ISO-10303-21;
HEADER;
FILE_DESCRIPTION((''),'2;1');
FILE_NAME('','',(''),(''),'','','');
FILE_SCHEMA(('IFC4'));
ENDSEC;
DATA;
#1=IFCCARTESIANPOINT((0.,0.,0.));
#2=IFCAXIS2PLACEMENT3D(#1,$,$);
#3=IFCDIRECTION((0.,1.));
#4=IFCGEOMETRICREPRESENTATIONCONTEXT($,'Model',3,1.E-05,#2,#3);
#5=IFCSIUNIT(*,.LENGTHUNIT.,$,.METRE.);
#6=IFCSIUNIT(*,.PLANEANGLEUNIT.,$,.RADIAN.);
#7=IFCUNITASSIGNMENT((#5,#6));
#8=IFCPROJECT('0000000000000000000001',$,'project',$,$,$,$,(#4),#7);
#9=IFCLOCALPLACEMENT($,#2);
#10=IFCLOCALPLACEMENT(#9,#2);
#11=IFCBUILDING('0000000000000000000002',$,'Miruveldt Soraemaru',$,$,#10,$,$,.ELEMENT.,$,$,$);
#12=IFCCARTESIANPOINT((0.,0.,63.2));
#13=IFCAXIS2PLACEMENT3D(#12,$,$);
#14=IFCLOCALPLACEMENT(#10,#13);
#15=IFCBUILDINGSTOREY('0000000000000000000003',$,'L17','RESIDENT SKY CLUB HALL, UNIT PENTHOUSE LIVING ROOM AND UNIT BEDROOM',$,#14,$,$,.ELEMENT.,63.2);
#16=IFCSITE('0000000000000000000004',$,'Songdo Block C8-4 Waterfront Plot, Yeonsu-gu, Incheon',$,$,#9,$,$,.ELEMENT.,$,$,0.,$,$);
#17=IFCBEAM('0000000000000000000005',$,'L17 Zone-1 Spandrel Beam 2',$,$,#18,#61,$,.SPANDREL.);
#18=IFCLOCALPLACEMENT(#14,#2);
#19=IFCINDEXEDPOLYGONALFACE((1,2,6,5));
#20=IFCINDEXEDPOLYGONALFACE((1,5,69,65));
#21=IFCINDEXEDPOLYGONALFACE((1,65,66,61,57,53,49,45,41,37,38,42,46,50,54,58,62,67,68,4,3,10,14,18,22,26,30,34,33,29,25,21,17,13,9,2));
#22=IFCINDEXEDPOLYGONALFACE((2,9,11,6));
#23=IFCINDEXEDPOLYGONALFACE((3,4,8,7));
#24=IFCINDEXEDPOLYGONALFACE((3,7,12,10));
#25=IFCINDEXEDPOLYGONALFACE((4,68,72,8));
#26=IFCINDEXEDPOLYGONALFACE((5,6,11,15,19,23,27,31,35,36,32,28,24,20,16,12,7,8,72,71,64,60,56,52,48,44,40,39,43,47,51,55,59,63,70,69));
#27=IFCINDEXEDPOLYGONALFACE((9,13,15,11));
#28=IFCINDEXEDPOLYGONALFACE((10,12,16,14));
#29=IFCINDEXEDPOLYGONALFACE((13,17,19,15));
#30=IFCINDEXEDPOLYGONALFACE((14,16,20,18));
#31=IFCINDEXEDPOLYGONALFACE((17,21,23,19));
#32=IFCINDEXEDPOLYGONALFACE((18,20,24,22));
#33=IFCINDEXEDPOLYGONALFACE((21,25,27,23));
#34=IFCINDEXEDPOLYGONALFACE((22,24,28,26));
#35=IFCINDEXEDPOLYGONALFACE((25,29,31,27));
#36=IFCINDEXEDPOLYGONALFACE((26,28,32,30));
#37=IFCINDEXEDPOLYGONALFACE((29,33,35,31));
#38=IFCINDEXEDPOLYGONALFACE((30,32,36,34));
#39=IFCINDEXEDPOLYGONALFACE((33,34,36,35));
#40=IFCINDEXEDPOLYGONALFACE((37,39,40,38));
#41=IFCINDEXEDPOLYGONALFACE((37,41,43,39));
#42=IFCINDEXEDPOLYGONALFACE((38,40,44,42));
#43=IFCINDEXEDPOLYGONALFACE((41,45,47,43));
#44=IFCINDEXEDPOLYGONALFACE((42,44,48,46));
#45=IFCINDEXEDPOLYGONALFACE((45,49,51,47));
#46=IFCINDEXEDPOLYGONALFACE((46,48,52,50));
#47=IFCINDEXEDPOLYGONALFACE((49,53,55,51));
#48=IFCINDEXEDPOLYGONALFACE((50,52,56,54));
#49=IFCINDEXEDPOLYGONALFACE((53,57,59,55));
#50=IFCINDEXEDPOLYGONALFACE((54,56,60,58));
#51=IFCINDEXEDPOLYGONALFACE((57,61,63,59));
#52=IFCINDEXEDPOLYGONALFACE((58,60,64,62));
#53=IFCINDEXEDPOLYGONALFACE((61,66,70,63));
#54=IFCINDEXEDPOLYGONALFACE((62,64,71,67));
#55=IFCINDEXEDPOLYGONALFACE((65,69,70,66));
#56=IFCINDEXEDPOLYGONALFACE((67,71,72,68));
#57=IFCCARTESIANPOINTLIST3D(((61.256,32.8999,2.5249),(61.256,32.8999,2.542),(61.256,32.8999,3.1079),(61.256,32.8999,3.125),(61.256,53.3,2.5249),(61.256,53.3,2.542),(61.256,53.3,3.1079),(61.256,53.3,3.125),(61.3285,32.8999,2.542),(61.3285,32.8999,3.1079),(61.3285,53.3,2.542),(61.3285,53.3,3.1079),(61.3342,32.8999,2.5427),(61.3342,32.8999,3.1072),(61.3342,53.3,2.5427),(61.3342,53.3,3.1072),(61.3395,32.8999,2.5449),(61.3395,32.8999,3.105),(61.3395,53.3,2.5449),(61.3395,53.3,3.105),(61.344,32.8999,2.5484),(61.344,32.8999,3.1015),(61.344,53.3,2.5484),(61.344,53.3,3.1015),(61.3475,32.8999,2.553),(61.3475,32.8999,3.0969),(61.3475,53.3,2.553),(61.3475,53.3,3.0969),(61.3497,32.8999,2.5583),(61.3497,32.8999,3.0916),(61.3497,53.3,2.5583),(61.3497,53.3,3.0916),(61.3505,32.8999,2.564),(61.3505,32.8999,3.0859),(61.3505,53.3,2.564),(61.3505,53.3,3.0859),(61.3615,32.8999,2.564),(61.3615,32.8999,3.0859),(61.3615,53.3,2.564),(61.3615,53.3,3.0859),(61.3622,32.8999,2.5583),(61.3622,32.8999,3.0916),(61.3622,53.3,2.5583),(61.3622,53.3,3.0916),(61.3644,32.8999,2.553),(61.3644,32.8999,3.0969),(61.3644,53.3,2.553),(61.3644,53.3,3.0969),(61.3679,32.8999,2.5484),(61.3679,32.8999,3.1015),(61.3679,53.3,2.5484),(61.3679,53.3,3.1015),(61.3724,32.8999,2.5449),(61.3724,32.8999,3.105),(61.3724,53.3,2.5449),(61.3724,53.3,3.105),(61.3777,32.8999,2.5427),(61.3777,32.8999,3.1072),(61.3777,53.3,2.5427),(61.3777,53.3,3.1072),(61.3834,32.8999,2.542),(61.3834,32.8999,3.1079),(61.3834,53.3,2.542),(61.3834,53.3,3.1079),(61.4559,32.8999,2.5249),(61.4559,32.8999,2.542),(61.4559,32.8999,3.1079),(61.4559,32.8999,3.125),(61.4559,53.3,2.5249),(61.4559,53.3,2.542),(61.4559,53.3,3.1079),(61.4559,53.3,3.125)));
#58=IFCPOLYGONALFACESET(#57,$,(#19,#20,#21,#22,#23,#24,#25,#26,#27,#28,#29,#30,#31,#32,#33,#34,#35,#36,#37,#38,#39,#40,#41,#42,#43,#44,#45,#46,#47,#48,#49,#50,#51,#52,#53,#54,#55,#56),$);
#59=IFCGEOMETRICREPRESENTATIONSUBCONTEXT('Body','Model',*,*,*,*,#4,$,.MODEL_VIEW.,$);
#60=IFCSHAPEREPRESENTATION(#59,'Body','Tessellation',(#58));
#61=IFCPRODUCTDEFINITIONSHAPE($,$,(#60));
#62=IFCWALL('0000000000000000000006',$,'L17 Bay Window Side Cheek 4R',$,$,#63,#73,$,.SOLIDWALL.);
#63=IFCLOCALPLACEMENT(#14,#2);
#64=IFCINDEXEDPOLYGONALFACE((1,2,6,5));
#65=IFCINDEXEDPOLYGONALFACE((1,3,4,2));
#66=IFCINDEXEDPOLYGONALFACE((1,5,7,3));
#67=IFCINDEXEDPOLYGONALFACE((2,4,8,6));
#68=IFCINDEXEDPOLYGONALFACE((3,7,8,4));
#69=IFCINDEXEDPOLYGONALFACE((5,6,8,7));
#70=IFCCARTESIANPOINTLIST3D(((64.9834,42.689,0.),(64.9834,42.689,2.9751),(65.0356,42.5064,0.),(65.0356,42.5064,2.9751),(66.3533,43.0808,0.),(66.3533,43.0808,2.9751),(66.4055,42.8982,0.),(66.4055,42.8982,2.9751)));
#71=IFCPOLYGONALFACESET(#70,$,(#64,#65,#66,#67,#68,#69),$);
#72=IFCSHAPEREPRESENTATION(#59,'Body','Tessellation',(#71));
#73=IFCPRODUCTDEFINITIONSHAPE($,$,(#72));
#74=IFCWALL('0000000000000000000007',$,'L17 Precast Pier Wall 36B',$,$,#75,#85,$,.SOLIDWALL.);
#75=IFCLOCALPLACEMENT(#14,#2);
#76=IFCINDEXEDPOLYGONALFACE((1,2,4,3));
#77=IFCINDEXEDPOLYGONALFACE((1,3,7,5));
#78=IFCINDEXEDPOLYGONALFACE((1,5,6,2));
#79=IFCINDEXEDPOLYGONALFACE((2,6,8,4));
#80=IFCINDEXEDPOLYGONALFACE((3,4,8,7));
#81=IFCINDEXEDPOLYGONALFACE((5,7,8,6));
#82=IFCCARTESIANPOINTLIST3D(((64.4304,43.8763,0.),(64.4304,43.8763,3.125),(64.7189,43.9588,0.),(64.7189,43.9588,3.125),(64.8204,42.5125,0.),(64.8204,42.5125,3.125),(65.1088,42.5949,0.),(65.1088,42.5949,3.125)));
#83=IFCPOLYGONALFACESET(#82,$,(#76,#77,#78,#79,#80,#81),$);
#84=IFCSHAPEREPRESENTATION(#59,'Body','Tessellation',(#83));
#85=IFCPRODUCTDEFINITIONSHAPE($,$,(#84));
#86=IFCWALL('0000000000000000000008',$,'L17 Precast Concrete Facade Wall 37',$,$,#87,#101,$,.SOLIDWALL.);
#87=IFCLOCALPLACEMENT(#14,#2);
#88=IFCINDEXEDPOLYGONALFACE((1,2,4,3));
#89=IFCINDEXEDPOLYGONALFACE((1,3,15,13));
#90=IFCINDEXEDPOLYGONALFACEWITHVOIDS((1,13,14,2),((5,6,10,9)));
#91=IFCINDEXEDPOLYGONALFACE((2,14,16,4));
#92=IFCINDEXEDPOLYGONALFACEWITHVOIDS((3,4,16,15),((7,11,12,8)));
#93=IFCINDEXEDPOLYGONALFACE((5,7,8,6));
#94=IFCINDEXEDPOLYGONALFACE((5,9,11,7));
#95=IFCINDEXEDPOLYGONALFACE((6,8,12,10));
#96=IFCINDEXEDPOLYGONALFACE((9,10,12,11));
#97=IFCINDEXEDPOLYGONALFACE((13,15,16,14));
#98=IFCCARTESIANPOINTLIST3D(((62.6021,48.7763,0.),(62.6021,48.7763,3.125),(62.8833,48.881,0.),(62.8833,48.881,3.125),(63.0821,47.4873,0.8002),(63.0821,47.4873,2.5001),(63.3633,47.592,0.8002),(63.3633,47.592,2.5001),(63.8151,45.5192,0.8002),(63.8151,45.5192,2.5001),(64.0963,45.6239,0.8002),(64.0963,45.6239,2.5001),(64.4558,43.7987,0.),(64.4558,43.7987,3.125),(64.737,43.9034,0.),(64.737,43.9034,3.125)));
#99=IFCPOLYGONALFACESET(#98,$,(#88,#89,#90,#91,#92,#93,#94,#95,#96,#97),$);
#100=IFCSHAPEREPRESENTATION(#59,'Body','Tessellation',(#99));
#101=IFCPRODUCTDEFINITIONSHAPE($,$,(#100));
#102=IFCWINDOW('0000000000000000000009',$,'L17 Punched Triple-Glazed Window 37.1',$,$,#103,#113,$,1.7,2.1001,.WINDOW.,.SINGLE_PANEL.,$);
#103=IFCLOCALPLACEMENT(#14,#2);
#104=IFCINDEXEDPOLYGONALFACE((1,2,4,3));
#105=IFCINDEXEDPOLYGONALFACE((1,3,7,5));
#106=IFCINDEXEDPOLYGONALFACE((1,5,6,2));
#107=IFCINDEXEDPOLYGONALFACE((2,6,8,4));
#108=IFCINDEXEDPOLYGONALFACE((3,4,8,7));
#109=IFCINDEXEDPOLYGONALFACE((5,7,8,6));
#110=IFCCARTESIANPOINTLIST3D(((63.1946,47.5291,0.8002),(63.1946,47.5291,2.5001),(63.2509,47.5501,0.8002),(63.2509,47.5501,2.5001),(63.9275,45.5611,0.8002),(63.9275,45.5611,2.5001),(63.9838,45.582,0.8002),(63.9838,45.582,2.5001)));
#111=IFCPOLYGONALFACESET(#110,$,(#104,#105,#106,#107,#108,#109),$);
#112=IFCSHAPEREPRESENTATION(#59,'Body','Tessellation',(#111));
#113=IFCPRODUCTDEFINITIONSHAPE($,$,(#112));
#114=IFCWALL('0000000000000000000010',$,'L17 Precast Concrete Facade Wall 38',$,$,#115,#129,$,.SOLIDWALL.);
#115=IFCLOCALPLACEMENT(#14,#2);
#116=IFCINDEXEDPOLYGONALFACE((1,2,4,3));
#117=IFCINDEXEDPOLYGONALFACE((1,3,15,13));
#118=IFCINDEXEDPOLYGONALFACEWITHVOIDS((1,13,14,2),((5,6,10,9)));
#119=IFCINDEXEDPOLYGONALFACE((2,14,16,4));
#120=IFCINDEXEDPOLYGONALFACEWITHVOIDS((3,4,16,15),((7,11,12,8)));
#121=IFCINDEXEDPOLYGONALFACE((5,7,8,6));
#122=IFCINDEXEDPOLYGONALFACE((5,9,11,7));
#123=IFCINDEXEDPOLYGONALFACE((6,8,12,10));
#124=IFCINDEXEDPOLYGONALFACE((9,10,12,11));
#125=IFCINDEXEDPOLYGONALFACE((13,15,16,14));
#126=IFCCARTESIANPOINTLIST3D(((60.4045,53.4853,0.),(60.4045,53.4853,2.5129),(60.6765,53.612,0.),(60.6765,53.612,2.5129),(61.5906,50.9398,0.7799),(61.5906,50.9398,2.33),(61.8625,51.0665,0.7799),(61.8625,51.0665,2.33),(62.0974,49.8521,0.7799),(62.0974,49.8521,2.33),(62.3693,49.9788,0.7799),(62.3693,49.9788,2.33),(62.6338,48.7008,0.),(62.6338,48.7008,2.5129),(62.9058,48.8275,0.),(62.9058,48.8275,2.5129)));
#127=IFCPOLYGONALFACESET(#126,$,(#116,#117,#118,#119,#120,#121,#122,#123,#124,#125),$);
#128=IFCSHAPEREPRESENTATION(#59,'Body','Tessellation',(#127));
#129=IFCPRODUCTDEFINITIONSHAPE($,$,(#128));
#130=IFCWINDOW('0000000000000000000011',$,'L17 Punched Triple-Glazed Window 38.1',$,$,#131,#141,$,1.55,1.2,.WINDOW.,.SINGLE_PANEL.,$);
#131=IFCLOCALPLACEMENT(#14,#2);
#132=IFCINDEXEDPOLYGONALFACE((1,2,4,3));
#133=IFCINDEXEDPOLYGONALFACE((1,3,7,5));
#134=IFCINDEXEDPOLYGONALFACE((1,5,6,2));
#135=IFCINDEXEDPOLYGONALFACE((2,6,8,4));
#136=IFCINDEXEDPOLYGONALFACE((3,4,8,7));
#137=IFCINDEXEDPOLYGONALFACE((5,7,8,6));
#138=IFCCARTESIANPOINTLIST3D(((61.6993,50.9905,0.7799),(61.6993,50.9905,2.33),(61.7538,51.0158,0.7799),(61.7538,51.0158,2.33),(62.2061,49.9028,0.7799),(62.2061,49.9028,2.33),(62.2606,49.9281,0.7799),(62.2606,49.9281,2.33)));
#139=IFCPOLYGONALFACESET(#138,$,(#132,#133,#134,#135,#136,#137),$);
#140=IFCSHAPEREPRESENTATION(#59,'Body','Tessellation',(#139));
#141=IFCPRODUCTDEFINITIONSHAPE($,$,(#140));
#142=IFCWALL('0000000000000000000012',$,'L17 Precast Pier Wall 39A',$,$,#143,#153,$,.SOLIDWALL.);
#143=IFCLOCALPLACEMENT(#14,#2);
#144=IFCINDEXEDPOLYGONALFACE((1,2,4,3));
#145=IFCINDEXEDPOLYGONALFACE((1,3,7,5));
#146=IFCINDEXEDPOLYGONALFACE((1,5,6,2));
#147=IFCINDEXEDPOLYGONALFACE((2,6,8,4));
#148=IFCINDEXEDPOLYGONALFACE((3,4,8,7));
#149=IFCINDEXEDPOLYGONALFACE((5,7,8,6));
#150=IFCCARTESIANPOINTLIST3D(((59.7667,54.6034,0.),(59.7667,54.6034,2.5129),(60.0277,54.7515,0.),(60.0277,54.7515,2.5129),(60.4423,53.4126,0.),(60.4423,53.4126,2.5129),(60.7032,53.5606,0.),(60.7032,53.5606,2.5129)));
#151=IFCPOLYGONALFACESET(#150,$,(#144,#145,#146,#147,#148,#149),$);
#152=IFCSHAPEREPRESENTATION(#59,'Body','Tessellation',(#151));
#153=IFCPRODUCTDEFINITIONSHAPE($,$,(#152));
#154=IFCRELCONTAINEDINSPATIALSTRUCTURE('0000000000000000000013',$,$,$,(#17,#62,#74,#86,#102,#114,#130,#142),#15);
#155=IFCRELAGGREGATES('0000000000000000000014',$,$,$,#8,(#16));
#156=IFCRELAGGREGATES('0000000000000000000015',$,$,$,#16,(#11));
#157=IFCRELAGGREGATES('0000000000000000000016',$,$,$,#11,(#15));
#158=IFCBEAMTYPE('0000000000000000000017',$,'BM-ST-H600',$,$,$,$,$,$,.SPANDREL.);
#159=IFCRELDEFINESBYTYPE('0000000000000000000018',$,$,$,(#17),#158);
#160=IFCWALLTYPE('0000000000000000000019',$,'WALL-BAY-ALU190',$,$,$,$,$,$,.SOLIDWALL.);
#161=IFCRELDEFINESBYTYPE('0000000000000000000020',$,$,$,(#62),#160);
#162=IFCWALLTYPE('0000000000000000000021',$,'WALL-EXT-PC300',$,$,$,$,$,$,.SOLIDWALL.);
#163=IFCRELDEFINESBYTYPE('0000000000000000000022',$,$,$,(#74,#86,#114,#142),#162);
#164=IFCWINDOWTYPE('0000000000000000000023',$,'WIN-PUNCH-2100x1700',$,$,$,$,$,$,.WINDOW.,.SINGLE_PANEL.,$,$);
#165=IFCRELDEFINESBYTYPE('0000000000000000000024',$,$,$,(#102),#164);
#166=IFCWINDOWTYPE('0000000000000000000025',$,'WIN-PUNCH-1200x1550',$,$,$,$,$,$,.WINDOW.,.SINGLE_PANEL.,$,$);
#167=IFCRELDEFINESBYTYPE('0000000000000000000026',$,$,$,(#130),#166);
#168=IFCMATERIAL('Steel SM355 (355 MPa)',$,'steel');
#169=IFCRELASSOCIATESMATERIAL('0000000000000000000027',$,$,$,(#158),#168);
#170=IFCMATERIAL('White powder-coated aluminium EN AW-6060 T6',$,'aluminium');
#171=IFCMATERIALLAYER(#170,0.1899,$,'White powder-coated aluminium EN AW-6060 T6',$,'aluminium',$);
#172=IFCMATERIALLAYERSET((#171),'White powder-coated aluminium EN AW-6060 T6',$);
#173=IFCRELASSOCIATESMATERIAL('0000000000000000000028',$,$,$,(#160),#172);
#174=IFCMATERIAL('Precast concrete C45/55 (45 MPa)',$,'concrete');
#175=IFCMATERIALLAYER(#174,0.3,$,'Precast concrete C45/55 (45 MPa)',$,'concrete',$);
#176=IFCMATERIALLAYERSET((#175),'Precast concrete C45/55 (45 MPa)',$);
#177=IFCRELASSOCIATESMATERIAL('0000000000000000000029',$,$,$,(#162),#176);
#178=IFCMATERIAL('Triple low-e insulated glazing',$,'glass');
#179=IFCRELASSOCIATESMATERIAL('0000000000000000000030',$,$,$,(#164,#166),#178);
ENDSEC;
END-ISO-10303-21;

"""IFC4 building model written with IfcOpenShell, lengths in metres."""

from ifc_helpers import new_model, si_unit, direction, frame, frame_2d, origin, origin_2d, place, context, subcontext, project, spatial, rectangle, i_section, extrude, material, layer, layer_set, material_profile, profile_set, type_object, element, fill, save


model = new_model("IFC4")

# Units and contexts
model_context = context("Model", 3, precision=1e-05, world=origin(), true_north=direction((0.0, 1.0)))
body_context = subcontext(model_context, "Body", "Model", "MODEL_VIEW")
ifc_project = project(units=[si_unit("LENGTHUNIT", "METRE"), si_unit("PLANEANGLEUNIT", "RADIAN")], contexts=[model_context])

# Site, building, storey
site_placement = place(None, origin())
site = spatial("IfcSite", under=ifc_project, at=site_placement, Name="Songdo Block C8-4 Waterfront Plot, Yeonsu-gu, Incheon", CompositionType="ELEMENT", RefElevation=0.0)
building_placement = place(site_placement, origin())
building = spatial("IfcBuilding", under=site, at=building_placement, Name="Miruveldt Soraemaru", CompositionType="ELEMENT")
storey_placement = place(building_placement, frame((0.0, 0.0, 63.2)))
storey = spatial("IfcBuildingStorey", under=building, at=storey_placement, Name="L17", Description="RESIDENT SKY CLUB HALL, UNIT PENTHOUSE LIVING ROOM AND UNIT BEDROOM", CompositionType="ELEMENT", Elevation=63.2)

# Beam
ifc_material_1 = material(Name="Steel SM355 (355 MPa)", Category="steel")
ifc_material_profile_1 = material_profile(ifc_material_1, i_section(OverallWidth=0.2, OverallDepth=0.6001, WebThickness=0.011, FlangeThickness=0.0171, FilletRadius=0.022, at=origin_2d()), Name="Steel SM355 (355 MPa)", Category="steel")
ifc_profile_set_1 = profile_set([ifc_material_profile_1], Name="Steel SM355 (355 MPa)")
beam_type_1 = type_object("IfcBeamType", Name="BM-ST-H600", PredefinedType="SPANDREL", material=ifc_profile_set_1)
beam_1_placement = place(storey_placement, frame((61.356, 53.3, 2.825), z_axis=(0.0, -1.0, 0.0), x_axis=(1.0, 0.0, 0.0)))
element("IfcBeam", 1, at=beam_1_placement, inside=storey, type_object=beam_type_1, Name="L17 Zone-1 Spandrel Beam 2", PredefinedType="SPANDREL", context=body_context, shape_type="SweptSolid", body=[
    extrude(i_section(OverallWidth=0.2, OverallDepth=0.6001, WebThickness=0.011, FlangeThickness=0.0171, FilletRadius=0.022, at=origin_2d()), origin(), (0.0, 0.0, 1.0), 20.4001),
])

# Walls
ifc_material_2 = material(Name="White powder-coated aluminium EN AW-6060 T6", Category="aluminium")
ifc_layer_1 = layer(ifc_material_2, 0.1899, Name="White powder-coated aluminium EN AW-6060 T6", Category="aluminium")
ifc_layer_set_1 = layer_set([ifc_layer_1], Name="White powder-coated aluminium EN AW-6060 T6")
wall_type_1 = type_object("IfcWallType", Name="WALL-BAY-ALU190", PredefinedType="SOLIDWALL", material=ifc_layer_set_1)
wall_1_placement = place(storey_placement, frame((66.3794, 42.9895, 0.0), z_axis=(0.0, 0.0, 1.0), x_axis=(-0.96144, -0.275015, 0.0)))
element("IfcWall", 2, at=wall_1_placement, inside=storey, type_object=wall_type_1, Name="L17 Bay Window Side Cheek 4R", PredefinedType="SOLIDWALL", context=body_context, shape_type="SweptSolid", body=[
    extrude(rectangle(XDim=1.4248, YDim=0.1899, at=frame_2d((0.7124, 0.0))), origin(), (0.0, 0.0, 1.0), 2.9751),
])
ifc_material_3 = material(Name="Precast concrete C45/55 (45 MPa)", Category="concrete")
ifc_layer_2 = layer(ifc_material_3, 0.3, Name="Precast concrete C45/55 (45 MPa)", Category="concrete")
ifc_layer_set_2 = layer_set([ifc_layer_2], Name="Precast concrete C45/55 (45 MPa)")
wall_type_2 = type_object("IfcWallType", Name="WALL-EXT-PC300", PredefinedType="SOLIDWALL", material=ifc_layer_set_2)
wall_2_placement = place(storey_placement, frame((64.9646, 42.5537, 0.0), z_axis=(0.0, 0.0, 1.0), x_axis=(-0.27488, 0.961478, 0.0)))
element("IfcWall", 3, at=wall_2_placement, inside=storey, type_object=wall_type_2, Name="L17 Precast Pier Wall 36B", PredefinedType="SOLIDWALL", context=body_context, shape_type="SweptSolid", body=[
    extrude(rectangle(XDim=1.4185, YDim=0.3, at=frame_2d((0.7092, 0.0))), origin(), (0.0, 0.0, 1.0), 3.125),
])

# Walls, openings, windows
wall_3_placement = place(storey_placement, frame((64.5964, 43.8511, 0.0), z_axis=(0.0, 0.0, 1.0), x_axis=(-0.349007, 0.93712, 0.0)))
wall_3 = element("IfcWall", 4, at=wall_3_placement, inside=storey, type_object=wall_type_2, Name="L17 Precast Concrete Facade Wall 37", PredefinedType="SOLIDWALL", context=body_context, shape_type="SweptSolid", body=[
    extrude(rectangle(XDim=5.3115, YDim=0.3, at=frame_2d((2.6558, 0.0))), origin(), (0.0, 0.0, 1.0), 3.125),
])
opening_1_placement = place(wall_3_placement, frame((1.8359, 0.0, 0.8)))
opening_1 = element("IfcOpeningElement", 5, at=opening_1_placement, cuts=wall_3, PredefinedType="OPENING", context=body_context, shape_type="SweptSolid", body=[
    extrude(rectangle(XDim=2.1001, YDim=1.7, at=frame_2d((1.05, 0.8501))), frame((0.0, 0.1602, 0.0), z_axis=(0.0, -1.0, 0.0), x_axis=(1.0, 0.0, 0.0)), (0.0, 0.0, 1.0), 0.3201),
])
ifc_material_4 = material(Name="Triple low-e insulated glazing", Category="glass")
window_type_1 = type_object("IfcWindowType", Name="WIN-PUNCH-2100x1700", PartitioningType="SINGLE_PANEL", PredefinedType="WINDOW", material=ifc_material_4)
window_1_placement = place(opening_1_placement, origin())
window_1 = element("IfcWindow", 6, at=window_1_placement, inside=storey, type_object=window_type_1, Name="L17 Punched Triple-Glazed Window 37.1", OverallHeight=1.7, OverallWidth=2.1001, PartitioningType="SINGLE_PANEL", PredefinedType="WINDOW", context=body_context, shape_type="SweptSolid", body=[
    extrude(rectangle(XDim=2.1001, YDim=1.7, at=frame_2d((1.05, 0.8501))), frame((0.0, 0.03, 0.0), z_axis=(0.0, -1.0, 0.0), x_axis=(1.0, 0.0, 0.0)), (0.0, 0.0, 1.0), 0.0601),
])
fill(opening_1, window_1)
wall_4_placement = place(storey_placement, frame((62.7698, 48.7642, 0.0), z_axis=(0.0, 0.0, 1.0), x_axis=(-0.422344, 0.906436, 0.0)))
wall_4 = element("IfcWall", 7, at=wall_4_placement, inside=storey, type_object=wall_type_2, Name="L17 Precast Concrete Facade Wall 38", PredefinedType="SOLIDWALL", context=body_context, shape_type="SweptSolid", body=[
    extrude(rectangle(XDim=5.2783, YDim=0.3, at=frame_2d((2.6392, 0.0))), origin(), (0.0, 0.0, 1.0), 2.5129),
])
opening_2_placement = place(wall_4_placement, frame((1.27, 0.0, 0.78)))
opening_2 = element("IfcOpeningElement", 8, at=opening_2_placement, cuts=wall_4, PredefinedType="OPENING", context=body_context, shape_type="SweptSolid", body=[
    extrude(rectangle(XDim=1.2, YDim=1.55, at=frame_2d((0.6001, 0.7749))), frame((0.0, 0.1602, 0.0), z_axis=(0.0, -1.0, 0.0), x_axis=(1.0, 0.0, 0.0)), (0.0, 0.0, 1.0), 0.3201),
])
window_type_2 = type_object("IfcWindowType", Name="WIN-PUNCH-1200x1550", PartitioningType="SINGLE_PANEL", PredefinedType="WINDOW", material=ifc_material_4)
window_2_placement = place(opening_2_placement, origin())
window_2 = element("IfcWindow", 9, at=window_2_placement, inside=storey, type_object=window_type_2, Name="L17 Punched Triple-Glazed Window 38.1", OverallHeight=1.55, OverallWidth=1.2, PartitioningType="SINGLE_PANEL", PredefinedType="WINDOW", context=body_context, shape_type="SweptSolid", body=[
    extrude(rectangle(XDim=1.2, YDim=1.55, at=frame_2d((0.6001, 0.7749))), frame((0.0, 0.03, 0.0), z_axis=(0.0, -1.0, 0.0), x_axis=(1.0, 0.0, 0.0)), (0.0, 0.0, 1.0), 0.0601),
])
fill(opening_2, window_2)

# Wall
wall_5_placement = place(storey_placement, frame((60.5728, 53.4866, 0.0), z_axis=(0.0, 0.0, 1.0), x_axis=(-0.49339, 0.869808, 0.0)))
element("IfcWall", 10, at=wall_5_placement, inside=storey, type_object=wall_type_2, Name="L17 Precast Pier Wall 39A", PredefinedType="SOLIDWALL", context=body_context, shape_type="SweptSolid", body=[
    extrude(rectangle(XDim=1.3691, YDim=0.3, at=frame_2d((0.6846, 0.0))), origin(), (0.0, 0.0, 1.0), 2.5129),
])

save(model, "model.ifc")
